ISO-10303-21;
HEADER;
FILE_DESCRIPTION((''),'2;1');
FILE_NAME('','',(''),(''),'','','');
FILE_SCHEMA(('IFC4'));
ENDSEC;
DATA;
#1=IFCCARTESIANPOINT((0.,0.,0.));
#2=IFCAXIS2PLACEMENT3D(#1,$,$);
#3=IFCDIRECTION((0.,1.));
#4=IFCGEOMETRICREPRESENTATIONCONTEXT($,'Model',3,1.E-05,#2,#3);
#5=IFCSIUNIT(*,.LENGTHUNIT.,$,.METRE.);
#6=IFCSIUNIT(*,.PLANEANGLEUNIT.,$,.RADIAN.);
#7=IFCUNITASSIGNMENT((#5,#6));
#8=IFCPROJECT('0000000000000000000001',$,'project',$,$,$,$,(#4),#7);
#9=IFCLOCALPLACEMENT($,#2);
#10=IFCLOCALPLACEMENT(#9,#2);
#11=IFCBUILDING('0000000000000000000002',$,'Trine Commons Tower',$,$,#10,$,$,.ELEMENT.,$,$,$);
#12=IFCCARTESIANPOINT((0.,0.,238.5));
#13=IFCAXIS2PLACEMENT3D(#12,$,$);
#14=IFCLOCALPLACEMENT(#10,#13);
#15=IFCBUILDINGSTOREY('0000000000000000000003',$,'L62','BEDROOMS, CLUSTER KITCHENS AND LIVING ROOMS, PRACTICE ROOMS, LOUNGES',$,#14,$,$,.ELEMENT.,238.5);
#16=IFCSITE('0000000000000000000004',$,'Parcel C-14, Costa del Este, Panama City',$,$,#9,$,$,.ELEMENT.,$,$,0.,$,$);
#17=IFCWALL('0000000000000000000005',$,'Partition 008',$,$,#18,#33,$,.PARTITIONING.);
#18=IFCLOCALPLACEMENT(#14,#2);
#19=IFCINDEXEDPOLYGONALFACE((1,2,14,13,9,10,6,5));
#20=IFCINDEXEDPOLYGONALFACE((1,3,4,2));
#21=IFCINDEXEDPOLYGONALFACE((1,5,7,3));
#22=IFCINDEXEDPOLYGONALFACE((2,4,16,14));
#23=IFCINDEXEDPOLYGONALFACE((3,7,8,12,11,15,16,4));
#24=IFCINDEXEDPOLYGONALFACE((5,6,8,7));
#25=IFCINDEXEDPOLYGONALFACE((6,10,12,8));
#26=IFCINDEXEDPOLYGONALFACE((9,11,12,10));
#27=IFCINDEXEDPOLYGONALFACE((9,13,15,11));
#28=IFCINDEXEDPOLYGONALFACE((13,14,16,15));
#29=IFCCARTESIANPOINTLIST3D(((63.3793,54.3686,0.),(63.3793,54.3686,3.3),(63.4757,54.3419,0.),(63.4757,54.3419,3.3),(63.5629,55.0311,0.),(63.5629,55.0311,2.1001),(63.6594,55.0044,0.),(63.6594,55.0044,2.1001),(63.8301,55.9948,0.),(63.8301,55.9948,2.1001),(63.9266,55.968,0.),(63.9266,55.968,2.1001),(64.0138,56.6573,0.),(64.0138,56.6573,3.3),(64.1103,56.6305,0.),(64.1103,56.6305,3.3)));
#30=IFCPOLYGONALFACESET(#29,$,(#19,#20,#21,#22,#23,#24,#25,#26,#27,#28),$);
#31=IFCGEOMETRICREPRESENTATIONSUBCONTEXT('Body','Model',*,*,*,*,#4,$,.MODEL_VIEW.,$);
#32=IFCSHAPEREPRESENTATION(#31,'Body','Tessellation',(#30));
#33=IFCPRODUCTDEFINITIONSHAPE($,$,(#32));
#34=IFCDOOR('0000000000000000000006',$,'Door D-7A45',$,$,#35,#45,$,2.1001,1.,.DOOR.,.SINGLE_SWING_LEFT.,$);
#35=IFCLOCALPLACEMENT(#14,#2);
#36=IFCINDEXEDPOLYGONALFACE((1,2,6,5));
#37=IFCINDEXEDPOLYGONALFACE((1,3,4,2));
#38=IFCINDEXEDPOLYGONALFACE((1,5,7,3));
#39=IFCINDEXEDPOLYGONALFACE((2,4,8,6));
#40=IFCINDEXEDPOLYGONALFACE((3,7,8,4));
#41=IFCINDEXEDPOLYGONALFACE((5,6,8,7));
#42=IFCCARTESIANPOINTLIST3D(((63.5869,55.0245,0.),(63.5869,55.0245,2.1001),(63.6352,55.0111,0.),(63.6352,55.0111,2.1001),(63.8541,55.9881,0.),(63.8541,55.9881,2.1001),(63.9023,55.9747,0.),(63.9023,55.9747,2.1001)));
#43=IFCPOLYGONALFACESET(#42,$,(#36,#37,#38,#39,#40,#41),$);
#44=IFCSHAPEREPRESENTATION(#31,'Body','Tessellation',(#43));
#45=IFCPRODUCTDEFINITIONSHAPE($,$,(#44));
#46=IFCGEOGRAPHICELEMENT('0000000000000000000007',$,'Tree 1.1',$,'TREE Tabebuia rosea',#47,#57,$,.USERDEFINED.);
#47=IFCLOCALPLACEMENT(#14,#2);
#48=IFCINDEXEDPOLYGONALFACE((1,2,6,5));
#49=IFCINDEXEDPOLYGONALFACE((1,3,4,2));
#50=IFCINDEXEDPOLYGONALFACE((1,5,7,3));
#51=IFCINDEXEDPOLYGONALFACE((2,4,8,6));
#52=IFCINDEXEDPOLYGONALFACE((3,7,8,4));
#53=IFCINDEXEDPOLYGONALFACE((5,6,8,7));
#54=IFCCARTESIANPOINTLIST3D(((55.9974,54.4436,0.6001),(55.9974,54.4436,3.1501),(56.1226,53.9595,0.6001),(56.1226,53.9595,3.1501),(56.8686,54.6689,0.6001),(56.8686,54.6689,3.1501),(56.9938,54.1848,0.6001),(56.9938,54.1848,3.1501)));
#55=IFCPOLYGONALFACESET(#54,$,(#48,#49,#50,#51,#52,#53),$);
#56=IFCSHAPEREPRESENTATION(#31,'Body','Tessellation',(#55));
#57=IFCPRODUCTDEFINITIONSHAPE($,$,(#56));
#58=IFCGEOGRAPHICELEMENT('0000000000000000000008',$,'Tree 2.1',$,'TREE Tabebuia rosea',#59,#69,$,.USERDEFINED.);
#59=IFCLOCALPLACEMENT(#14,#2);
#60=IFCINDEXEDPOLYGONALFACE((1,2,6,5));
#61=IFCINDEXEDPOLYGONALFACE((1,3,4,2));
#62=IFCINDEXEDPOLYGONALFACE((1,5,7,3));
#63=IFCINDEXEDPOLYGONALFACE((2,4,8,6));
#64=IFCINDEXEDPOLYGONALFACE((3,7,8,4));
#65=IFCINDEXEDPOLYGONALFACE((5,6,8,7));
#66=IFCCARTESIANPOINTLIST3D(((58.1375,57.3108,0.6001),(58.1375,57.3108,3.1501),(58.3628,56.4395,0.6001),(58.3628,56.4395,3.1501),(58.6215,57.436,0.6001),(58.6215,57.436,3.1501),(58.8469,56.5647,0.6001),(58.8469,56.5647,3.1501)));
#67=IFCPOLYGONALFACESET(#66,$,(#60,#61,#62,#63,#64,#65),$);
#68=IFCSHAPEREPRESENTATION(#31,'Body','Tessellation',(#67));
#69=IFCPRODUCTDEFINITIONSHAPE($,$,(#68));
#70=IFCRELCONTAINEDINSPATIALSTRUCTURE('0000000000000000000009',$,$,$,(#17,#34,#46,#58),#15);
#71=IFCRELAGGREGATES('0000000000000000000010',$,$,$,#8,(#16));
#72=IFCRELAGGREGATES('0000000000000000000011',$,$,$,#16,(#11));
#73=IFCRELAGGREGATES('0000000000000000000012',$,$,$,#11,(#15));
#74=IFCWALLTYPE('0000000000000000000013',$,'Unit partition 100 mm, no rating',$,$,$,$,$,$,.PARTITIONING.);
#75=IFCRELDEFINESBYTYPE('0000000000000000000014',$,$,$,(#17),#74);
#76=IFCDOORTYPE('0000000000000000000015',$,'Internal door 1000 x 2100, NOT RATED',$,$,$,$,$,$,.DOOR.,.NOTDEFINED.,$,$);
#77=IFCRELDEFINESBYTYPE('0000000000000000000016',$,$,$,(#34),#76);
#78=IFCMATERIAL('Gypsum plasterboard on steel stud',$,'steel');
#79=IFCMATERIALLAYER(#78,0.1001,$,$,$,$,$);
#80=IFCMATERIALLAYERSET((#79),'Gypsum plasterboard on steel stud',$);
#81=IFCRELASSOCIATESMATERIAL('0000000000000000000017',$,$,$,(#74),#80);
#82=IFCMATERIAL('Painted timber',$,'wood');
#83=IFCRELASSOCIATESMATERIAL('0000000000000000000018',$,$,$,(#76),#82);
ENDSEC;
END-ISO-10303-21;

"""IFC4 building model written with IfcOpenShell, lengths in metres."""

from ifc_helpers import new_model, si_unit, direction, frame, frame_2d, origin, origin_2d, place, context, subcontext, project, spatial, rectangle, extrude, material, layer, layer_set, type_object, element, fill, save


model = new_model("IFC4")

# Units and contexts
model_context = context("Model", 3, precision=1e-05, world=origin(), true_north=direction((0.0, 1.0)))
body_context = subcontext(model_context, "Body", "Model", "MODEL_VIEW")
ifc_project = project(units=[si_unit("LENGTHUNIT", "METRE"), si_unit("PLANEANGLEUNIT", "RADIAN")], contexts=[model_context])

# Site, building, storey
site_placement = place(None, origin())
site = spatial("IfcSite", under=ifc_project, at=site_placement, Name="Parcel C-14, Costa del Este, Panama City", CompositionType="ELEMENT", RefElevation=0.0)
building_placement = place(site_placement, origin())
building = spatial("IfcBuilding", under=site, at=building_placement, Name="Trine Commons Tower", CompositionType="ELEMENT")
storey_placement = place(building_placement, frame((0.0, 0.0, 238.5)))
storey = spatial("IfcBuildingStorey", under=building, at=storey_placement, Name="L62", Description="BEDROOMS, CLUSTER KITCHENS AND LIVING ROOMS, PRACTICE ROOMS, LOUNGES", CompositionType="ELEMENT", Elevation=238.5)

# Shared definitions
ifc_material_1 = material(Name="Gypsum plasterboard on steel stud", Category="steel")

# Shared definitions
ifc_material_2 = material(Name="Painted timber", Category="wood")

# Shared definitions
ifc_layer_1 = layer(ifc_material_1, 0.1001)
ifc_layer_set_1 = layer_set([ifc_layer_1], Name="Gypsum plasterboard on steel stud")
wall_type_1 = type_object("IfcWallType", Name="Unit partition 100 mm, no rating", PredefinedType="PARTITIONING", material=ifc_layer_set_1)

# Wall, opening, door
wall_1_placement = place(storey_placement, frame((63.4275, 54.3552, 0.0), z_axis=(0.0, 0.0, 1.0), x_axis=(0.267177, 0.963647, 0.0)))
wall_1 = element("IfcWall", 1, at=wall_1_placement, inside=storey, type_object=wall_type_1, Name="Partition 008", PredefinedType="PARTITIONING", context=body_context, shape_type="SweptSolid", body=[
    extrude(rectangle(XDim=2.375, YDim=0.1001, at=frame_2d((1.1875, 0.0))), origin(), (0.0, 0.0, 1.0), 3.3),
])
opening_1_placement = place(wall_1_placement, frame((0.6875, 0.0, 0.0)))
opening_1 = element("IfcOpeningElement", 2, at=opening_1_placement, cuts=wall_1, PredefinedType="OPENING", context=body_context, shape_type="SweptSolid", body=[
    extrude(rectangle(XDim=1.0, YDim=2.1001, at=frame_2d((0.5, 1.05))), frame((0.0, 0.0601, 0.0), z_axis=(0.0, -1.0, 0.0), x_axis=(1.0, 0.0, 0.0)), (0.0, 0.0, 1.0), 0.1201),
])
door_type_1 = type_object("IfcDoorType", Name="Internal door 1000 x 2100, NOT RATED", OperationType="NOTDEFINED", PredefinedType="DOOR", material=ifc_material_2)
door_1_placement = place(opening_1_placement, frame((1.0, 0.0, 0.0), z_axis=(0.0, 0.0, 1.0), x_axis=(-1.0, 0.0, 0.0)))
door_1 = element("IfcDoor", 3, at=door_1_placement, inside=storey, type_object=door_type_1, Name="Door D-7A45", OperationType="SINGLE_SWING_LEFT", OverallHeight=2.1001, OverallWidth=1.0, PredefinedType="DOOR", context=body_context, shape_type="SweptSolid", body=[
    extrude(rectangle(XDim=1.0, YDim=2.1001, at=frame_2d((0.5, 1.05))), frame((0.0, 0.0249, 0.0), z_axis=(0.0, -1.0, 0.0), x_axis=(1.0, 0.0, 0.0)), (0.0, 0.0, 1.0), 0.05),
])
fill(opening_1, door_1)

# Geographic elements
for number, where, z_axis, x_axis, name in (
    (4, (56.4956, 54.3142, 0.6001), (0.0, 0.0, 1.0), (0.968152, 0.250363, 0.0), "Tree 1.1"),
    (5, (58.4922, 56.9377, 0.6001), (0.0, 0.0, 1.0), (-0.25041, 0.96814, 0.0), "Tree 2.1"),
):
    element("IfcGeographicElement", number, at=place(storey_placement, frame(where, z_axis=z_axis, x_axis=x_axis)), inside=storey, Name=name, ObjectType="TREE Tabebuia rosea", PredefinedType="USERDEFINED", context=body_context, shape_type="SweptSolid", body=[
        extrude(rectangle(XDim=0.8999, YDim=0.5, at=origin_2d()), origin(), (0.0, 0.0, 1.0), 2.55),
    ])

save(model, "model.ifc")
